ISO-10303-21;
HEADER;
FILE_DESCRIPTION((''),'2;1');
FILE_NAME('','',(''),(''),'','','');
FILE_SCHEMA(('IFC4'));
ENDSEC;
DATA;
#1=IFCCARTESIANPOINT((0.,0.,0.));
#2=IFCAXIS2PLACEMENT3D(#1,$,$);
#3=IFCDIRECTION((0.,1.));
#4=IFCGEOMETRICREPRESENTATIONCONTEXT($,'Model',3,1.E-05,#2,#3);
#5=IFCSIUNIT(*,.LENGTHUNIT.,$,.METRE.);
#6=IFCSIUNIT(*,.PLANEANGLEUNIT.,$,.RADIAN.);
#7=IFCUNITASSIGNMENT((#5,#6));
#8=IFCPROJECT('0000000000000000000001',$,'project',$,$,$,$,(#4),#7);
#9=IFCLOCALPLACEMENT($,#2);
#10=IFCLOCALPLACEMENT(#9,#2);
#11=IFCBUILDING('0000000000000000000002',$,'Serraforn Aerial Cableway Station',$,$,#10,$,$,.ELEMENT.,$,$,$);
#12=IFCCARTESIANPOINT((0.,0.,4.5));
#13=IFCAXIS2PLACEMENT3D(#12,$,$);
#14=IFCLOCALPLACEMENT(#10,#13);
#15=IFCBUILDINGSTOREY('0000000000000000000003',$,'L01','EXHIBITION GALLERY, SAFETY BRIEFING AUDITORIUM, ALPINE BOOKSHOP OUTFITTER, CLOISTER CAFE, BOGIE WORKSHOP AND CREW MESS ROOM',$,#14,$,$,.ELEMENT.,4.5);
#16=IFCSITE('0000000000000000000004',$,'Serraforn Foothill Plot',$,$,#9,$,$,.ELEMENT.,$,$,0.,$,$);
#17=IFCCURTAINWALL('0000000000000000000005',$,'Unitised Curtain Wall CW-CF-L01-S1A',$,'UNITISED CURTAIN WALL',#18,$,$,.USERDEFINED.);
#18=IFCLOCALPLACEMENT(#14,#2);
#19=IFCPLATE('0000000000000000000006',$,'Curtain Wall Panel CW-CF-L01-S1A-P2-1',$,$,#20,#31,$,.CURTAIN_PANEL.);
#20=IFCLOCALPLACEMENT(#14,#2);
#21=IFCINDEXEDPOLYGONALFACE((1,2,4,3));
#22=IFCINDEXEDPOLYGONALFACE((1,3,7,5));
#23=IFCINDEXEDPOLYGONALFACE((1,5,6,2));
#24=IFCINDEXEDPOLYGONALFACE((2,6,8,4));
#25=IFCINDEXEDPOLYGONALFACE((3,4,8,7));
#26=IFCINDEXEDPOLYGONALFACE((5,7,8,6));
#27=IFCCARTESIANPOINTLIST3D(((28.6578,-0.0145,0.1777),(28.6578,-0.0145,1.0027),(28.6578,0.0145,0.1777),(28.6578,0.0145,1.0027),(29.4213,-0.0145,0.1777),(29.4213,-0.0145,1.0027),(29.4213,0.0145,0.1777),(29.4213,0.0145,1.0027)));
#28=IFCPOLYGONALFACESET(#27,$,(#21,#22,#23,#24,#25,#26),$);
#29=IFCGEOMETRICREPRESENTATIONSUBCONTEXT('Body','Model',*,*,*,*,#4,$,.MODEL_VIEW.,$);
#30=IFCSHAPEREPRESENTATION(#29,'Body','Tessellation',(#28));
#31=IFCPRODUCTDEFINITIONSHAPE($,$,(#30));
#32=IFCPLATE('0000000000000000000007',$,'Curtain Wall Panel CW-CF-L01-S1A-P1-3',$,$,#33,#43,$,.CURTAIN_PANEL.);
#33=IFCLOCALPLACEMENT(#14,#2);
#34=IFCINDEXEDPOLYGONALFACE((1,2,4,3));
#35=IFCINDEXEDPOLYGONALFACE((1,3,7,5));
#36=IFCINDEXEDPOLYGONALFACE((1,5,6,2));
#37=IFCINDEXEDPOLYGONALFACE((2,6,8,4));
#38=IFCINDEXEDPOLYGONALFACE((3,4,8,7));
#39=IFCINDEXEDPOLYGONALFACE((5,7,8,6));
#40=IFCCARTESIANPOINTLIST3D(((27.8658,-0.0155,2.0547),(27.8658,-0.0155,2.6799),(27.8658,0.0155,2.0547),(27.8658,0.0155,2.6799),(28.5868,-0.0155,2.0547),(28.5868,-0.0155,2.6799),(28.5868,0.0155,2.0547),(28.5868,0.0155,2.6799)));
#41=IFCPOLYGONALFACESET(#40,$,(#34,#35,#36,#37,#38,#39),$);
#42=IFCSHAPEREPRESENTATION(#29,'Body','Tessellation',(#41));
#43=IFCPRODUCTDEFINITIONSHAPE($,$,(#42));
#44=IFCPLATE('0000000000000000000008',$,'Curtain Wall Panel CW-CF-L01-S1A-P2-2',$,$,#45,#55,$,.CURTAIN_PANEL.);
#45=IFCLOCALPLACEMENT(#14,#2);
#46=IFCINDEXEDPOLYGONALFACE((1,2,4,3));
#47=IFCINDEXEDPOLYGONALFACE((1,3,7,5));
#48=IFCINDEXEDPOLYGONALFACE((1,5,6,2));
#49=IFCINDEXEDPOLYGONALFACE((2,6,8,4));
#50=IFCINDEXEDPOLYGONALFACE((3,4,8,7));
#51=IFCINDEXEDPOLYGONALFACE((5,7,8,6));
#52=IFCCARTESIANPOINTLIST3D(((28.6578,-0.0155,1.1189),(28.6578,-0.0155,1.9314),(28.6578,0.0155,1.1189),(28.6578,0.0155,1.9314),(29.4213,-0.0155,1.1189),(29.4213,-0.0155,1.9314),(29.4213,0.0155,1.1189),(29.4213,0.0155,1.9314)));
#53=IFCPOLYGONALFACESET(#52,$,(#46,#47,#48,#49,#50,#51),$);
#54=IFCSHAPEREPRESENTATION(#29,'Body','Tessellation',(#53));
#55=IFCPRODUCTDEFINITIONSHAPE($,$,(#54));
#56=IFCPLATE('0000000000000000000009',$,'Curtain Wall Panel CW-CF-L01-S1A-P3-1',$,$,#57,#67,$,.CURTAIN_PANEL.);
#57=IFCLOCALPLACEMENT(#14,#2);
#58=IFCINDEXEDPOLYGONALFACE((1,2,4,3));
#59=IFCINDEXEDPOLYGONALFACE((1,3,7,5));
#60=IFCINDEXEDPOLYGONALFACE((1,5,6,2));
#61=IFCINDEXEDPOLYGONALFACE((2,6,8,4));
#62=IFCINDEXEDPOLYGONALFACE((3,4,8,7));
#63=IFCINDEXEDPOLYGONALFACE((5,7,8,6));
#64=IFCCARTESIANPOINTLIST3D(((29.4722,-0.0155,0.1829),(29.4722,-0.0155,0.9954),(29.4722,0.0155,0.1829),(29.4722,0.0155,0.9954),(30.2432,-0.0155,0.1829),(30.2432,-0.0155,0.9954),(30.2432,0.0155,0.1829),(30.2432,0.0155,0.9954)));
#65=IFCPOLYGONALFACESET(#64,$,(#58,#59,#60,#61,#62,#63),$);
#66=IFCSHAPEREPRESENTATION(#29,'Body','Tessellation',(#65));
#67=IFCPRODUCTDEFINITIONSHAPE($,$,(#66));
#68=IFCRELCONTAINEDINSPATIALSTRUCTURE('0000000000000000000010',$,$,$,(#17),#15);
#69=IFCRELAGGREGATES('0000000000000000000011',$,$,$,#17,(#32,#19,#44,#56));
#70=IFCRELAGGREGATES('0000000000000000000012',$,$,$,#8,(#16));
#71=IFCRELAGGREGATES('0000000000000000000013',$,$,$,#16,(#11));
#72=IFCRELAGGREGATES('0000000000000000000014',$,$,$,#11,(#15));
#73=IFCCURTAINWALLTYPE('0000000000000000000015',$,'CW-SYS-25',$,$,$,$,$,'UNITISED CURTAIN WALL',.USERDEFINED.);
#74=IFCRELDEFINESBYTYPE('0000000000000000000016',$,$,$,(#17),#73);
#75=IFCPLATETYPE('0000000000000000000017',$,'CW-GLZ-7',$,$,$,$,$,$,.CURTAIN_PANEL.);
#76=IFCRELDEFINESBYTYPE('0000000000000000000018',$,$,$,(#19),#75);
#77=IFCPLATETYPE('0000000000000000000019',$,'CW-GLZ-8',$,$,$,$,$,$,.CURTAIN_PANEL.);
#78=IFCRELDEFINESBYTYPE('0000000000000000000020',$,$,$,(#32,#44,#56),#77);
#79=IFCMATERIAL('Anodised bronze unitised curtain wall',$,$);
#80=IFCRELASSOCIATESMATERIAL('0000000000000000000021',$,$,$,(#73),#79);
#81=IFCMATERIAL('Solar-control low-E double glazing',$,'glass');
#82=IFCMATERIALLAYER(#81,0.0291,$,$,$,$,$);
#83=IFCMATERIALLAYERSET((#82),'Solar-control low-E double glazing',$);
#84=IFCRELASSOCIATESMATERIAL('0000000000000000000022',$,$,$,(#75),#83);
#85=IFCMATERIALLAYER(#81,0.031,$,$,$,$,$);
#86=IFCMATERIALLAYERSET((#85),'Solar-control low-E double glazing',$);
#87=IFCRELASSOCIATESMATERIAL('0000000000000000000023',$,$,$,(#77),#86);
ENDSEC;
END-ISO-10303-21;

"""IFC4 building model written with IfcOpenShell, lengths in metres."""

from ifc_helpers import new_model, si_unit, direction, frame, origin, origin_2d, place, context, subcontext, project, spatial, rectangle, extrude, material, layer, layer_set, type_object, element, aggregate, save


model = new_model("IFC4")

# Units and contexts
model_context = context("Model", 3, precision=1e-05, world=origin(), true_north=direction((0.0, 1.0)))
body_context = subcontext(model_context, "Body", "Model", "MODEL_VIEW")
ifc_project = project(units=[si_unit("LENGTHUNIT", "METRE"), si_unit("PLANEANGLEUNIT", "RADIAN")], contexts=[model_context])

# Site, building, storey
site_placement = place(None, origin())
site = spatial("IfcSite", under=ifc_project, at=site_placement, Name="Serraforn Foothill Plot", CompositionType="ELEMENT", RefElevation=0.0)
building_placement = place(site_placement, origin())
building = spatial("IfcBuilding", under=site, at=building_placement, Name="Serraforn Aerial Cableway Station", CompositionType="ELEMENT")
storey_placement = place(building_placement, frame((0.0, 0.0, 4.5)))
storey = spatial("IfcBuildingStorey", under=building, at=storey_placement, Name="L01", Description="EXHIBITION GALLERY, SAFETY BRIEFING AUDITORIUM, ALPINE BOOKSHOP OUTFITTER, CLOISTER CAFE, BOGIE WORKSHOP AND CREW MESS ROOM", CompositionType="ELEMENT", Elevation=4.5)

# Curtain wall, plates
ifc_material_1 = material(Name="Anodised bronze unitised curtain wall")
curtain_wall_type = type_object("IfcCurtainWallType", Name="CW-SYS-25", ElementType="UNITISED CURTAIN WALL", PredefinedType="USERDEFINED", material=ifc_material_1)
curtain_wall_placement = place(storey_placement, origin())
curtain_wall = element("IfcCurtainWall", 1, at=curtain_wall_placement, inside=storey, type_object=curtain_wall_type, Name="Unitised Curtain Wall CW-CF-L01-S1A", ObjectType="UNITISED CURTAIN WALL", PredefinedType="USERDEFINED")
ifc_material_2 = material(Name="Solar-control low-E double glazing", Category="glass")
ifc_layer_1 = layer(ifc_material_2, 0.0291)
ifc_layer_set_1 = layer_set([ifc_layer_1], Name="Solar-control low-E double glazing")
plate_type_1 = type_object("IfcPlateType", Name="CW-GLZ-7", PredefinedType="CURTAIN_PANEL", material=ifc_layer_set_1)
plate_1_placement = place(storey_placement, frame((29.0396, 0.0, 0.1777), z_axis=(0.0, 0.0, 1.0), x_axis=(1.0, 0.0, 0.0)))
plate_1 = element("IfcPlate", 2, at=plate_1_placement, type_object=plate_type_1, Name="Curtain Wall Panel CW-CF-L01-S1A-P2-1", PredefinedType="CURTAIN_PANEL", context=body_context, shape_type="SweptSolid", body=[
    extrude(rectangle(XDim=0.7634, YDim=0.0291, at=origin_2d()), origin(), (0.0, 0.0, 1.0), 0.825),
])
ifc_layer_2 = layer(ifc_material_2, 0.031)
ifc_layer_set_2 = layer_set([ifc_layer_2], Name="Solar-control low-E double glazing")
plate_type_2 = type_object("IfcPlateType", Name="CW-GLZ-8", PredefinedType="CURTAIN_PANEL", material=ifc_layer_set_2)
plate_2_placement = place(storey_placement, frame((28.2263, 0.0, 2.0547), z_axis=(0.0, 0.0, 1.0), x_axis=(1.0, 0.0, 0.0)))
plate_2 = element("IfcPlate", 3, at=plate_2_placement, type_object=plate_type_2, Name="Curtain Wall Panel CW-CF-L01-S1A-P1-3", PredefinedType="CURTAIN_PANEL", context=body_context, shape_type="SweptSolid", body=[
    extrude(rectangle(XDim=0.7209, YDim=0.031, at=origin_2d()), origin(), (0.0, 0.0, 1.0), 0.6252),
])
plate_3_placement = place(storey_placement, frame((29.0396, 0.0, 1.1189), z_axis=(0.0, 0.0, 1.0), x_axis=(1.0, 0.0, 0.0)))
plate_3 = element("IfcPlate", 4, at=plate_3_placement, type_object=plate_type_2, Name="Curtain Wall Panel CW-CF-L01-S1A-P2-2", PredefinedType="CURTAIN_PANEL", context=body_context, shape_type="SweptSolid", body=[
    extrude(rectangle(XDim=0.7634, YDim=0.031, at=origin_2d()), origin(), (0.0, 0.0, 1.0), 0.8125),
])
plate_4_placement = place(storey_placement, frame((29.8577, 0.0, 0.1829), z_axis=(0.0, 0.0, 1.0), x_axis=(1.0, 0.0, 0.0)))
plate_4 = element("IfcPlate", 5, at=plate_4_placement, type_object=plate_type_2, Name="Curtain Wall Panel CW-CF-L01-S1A-P3-1", PredefinedType="CURTAIN_PANEL", context=body_context, shape_type="SweptSolid", body=[
    extrude(rectangle(XDim=0.771, YDim=0.031, at=origin_2d()), origin(), (0.0, 0.0, 1.0), 0.8125),
])
aggregate(curtain_wall, [plate_2, plate_1, plate_3, plate_4])

save(model, "model.ifc")
